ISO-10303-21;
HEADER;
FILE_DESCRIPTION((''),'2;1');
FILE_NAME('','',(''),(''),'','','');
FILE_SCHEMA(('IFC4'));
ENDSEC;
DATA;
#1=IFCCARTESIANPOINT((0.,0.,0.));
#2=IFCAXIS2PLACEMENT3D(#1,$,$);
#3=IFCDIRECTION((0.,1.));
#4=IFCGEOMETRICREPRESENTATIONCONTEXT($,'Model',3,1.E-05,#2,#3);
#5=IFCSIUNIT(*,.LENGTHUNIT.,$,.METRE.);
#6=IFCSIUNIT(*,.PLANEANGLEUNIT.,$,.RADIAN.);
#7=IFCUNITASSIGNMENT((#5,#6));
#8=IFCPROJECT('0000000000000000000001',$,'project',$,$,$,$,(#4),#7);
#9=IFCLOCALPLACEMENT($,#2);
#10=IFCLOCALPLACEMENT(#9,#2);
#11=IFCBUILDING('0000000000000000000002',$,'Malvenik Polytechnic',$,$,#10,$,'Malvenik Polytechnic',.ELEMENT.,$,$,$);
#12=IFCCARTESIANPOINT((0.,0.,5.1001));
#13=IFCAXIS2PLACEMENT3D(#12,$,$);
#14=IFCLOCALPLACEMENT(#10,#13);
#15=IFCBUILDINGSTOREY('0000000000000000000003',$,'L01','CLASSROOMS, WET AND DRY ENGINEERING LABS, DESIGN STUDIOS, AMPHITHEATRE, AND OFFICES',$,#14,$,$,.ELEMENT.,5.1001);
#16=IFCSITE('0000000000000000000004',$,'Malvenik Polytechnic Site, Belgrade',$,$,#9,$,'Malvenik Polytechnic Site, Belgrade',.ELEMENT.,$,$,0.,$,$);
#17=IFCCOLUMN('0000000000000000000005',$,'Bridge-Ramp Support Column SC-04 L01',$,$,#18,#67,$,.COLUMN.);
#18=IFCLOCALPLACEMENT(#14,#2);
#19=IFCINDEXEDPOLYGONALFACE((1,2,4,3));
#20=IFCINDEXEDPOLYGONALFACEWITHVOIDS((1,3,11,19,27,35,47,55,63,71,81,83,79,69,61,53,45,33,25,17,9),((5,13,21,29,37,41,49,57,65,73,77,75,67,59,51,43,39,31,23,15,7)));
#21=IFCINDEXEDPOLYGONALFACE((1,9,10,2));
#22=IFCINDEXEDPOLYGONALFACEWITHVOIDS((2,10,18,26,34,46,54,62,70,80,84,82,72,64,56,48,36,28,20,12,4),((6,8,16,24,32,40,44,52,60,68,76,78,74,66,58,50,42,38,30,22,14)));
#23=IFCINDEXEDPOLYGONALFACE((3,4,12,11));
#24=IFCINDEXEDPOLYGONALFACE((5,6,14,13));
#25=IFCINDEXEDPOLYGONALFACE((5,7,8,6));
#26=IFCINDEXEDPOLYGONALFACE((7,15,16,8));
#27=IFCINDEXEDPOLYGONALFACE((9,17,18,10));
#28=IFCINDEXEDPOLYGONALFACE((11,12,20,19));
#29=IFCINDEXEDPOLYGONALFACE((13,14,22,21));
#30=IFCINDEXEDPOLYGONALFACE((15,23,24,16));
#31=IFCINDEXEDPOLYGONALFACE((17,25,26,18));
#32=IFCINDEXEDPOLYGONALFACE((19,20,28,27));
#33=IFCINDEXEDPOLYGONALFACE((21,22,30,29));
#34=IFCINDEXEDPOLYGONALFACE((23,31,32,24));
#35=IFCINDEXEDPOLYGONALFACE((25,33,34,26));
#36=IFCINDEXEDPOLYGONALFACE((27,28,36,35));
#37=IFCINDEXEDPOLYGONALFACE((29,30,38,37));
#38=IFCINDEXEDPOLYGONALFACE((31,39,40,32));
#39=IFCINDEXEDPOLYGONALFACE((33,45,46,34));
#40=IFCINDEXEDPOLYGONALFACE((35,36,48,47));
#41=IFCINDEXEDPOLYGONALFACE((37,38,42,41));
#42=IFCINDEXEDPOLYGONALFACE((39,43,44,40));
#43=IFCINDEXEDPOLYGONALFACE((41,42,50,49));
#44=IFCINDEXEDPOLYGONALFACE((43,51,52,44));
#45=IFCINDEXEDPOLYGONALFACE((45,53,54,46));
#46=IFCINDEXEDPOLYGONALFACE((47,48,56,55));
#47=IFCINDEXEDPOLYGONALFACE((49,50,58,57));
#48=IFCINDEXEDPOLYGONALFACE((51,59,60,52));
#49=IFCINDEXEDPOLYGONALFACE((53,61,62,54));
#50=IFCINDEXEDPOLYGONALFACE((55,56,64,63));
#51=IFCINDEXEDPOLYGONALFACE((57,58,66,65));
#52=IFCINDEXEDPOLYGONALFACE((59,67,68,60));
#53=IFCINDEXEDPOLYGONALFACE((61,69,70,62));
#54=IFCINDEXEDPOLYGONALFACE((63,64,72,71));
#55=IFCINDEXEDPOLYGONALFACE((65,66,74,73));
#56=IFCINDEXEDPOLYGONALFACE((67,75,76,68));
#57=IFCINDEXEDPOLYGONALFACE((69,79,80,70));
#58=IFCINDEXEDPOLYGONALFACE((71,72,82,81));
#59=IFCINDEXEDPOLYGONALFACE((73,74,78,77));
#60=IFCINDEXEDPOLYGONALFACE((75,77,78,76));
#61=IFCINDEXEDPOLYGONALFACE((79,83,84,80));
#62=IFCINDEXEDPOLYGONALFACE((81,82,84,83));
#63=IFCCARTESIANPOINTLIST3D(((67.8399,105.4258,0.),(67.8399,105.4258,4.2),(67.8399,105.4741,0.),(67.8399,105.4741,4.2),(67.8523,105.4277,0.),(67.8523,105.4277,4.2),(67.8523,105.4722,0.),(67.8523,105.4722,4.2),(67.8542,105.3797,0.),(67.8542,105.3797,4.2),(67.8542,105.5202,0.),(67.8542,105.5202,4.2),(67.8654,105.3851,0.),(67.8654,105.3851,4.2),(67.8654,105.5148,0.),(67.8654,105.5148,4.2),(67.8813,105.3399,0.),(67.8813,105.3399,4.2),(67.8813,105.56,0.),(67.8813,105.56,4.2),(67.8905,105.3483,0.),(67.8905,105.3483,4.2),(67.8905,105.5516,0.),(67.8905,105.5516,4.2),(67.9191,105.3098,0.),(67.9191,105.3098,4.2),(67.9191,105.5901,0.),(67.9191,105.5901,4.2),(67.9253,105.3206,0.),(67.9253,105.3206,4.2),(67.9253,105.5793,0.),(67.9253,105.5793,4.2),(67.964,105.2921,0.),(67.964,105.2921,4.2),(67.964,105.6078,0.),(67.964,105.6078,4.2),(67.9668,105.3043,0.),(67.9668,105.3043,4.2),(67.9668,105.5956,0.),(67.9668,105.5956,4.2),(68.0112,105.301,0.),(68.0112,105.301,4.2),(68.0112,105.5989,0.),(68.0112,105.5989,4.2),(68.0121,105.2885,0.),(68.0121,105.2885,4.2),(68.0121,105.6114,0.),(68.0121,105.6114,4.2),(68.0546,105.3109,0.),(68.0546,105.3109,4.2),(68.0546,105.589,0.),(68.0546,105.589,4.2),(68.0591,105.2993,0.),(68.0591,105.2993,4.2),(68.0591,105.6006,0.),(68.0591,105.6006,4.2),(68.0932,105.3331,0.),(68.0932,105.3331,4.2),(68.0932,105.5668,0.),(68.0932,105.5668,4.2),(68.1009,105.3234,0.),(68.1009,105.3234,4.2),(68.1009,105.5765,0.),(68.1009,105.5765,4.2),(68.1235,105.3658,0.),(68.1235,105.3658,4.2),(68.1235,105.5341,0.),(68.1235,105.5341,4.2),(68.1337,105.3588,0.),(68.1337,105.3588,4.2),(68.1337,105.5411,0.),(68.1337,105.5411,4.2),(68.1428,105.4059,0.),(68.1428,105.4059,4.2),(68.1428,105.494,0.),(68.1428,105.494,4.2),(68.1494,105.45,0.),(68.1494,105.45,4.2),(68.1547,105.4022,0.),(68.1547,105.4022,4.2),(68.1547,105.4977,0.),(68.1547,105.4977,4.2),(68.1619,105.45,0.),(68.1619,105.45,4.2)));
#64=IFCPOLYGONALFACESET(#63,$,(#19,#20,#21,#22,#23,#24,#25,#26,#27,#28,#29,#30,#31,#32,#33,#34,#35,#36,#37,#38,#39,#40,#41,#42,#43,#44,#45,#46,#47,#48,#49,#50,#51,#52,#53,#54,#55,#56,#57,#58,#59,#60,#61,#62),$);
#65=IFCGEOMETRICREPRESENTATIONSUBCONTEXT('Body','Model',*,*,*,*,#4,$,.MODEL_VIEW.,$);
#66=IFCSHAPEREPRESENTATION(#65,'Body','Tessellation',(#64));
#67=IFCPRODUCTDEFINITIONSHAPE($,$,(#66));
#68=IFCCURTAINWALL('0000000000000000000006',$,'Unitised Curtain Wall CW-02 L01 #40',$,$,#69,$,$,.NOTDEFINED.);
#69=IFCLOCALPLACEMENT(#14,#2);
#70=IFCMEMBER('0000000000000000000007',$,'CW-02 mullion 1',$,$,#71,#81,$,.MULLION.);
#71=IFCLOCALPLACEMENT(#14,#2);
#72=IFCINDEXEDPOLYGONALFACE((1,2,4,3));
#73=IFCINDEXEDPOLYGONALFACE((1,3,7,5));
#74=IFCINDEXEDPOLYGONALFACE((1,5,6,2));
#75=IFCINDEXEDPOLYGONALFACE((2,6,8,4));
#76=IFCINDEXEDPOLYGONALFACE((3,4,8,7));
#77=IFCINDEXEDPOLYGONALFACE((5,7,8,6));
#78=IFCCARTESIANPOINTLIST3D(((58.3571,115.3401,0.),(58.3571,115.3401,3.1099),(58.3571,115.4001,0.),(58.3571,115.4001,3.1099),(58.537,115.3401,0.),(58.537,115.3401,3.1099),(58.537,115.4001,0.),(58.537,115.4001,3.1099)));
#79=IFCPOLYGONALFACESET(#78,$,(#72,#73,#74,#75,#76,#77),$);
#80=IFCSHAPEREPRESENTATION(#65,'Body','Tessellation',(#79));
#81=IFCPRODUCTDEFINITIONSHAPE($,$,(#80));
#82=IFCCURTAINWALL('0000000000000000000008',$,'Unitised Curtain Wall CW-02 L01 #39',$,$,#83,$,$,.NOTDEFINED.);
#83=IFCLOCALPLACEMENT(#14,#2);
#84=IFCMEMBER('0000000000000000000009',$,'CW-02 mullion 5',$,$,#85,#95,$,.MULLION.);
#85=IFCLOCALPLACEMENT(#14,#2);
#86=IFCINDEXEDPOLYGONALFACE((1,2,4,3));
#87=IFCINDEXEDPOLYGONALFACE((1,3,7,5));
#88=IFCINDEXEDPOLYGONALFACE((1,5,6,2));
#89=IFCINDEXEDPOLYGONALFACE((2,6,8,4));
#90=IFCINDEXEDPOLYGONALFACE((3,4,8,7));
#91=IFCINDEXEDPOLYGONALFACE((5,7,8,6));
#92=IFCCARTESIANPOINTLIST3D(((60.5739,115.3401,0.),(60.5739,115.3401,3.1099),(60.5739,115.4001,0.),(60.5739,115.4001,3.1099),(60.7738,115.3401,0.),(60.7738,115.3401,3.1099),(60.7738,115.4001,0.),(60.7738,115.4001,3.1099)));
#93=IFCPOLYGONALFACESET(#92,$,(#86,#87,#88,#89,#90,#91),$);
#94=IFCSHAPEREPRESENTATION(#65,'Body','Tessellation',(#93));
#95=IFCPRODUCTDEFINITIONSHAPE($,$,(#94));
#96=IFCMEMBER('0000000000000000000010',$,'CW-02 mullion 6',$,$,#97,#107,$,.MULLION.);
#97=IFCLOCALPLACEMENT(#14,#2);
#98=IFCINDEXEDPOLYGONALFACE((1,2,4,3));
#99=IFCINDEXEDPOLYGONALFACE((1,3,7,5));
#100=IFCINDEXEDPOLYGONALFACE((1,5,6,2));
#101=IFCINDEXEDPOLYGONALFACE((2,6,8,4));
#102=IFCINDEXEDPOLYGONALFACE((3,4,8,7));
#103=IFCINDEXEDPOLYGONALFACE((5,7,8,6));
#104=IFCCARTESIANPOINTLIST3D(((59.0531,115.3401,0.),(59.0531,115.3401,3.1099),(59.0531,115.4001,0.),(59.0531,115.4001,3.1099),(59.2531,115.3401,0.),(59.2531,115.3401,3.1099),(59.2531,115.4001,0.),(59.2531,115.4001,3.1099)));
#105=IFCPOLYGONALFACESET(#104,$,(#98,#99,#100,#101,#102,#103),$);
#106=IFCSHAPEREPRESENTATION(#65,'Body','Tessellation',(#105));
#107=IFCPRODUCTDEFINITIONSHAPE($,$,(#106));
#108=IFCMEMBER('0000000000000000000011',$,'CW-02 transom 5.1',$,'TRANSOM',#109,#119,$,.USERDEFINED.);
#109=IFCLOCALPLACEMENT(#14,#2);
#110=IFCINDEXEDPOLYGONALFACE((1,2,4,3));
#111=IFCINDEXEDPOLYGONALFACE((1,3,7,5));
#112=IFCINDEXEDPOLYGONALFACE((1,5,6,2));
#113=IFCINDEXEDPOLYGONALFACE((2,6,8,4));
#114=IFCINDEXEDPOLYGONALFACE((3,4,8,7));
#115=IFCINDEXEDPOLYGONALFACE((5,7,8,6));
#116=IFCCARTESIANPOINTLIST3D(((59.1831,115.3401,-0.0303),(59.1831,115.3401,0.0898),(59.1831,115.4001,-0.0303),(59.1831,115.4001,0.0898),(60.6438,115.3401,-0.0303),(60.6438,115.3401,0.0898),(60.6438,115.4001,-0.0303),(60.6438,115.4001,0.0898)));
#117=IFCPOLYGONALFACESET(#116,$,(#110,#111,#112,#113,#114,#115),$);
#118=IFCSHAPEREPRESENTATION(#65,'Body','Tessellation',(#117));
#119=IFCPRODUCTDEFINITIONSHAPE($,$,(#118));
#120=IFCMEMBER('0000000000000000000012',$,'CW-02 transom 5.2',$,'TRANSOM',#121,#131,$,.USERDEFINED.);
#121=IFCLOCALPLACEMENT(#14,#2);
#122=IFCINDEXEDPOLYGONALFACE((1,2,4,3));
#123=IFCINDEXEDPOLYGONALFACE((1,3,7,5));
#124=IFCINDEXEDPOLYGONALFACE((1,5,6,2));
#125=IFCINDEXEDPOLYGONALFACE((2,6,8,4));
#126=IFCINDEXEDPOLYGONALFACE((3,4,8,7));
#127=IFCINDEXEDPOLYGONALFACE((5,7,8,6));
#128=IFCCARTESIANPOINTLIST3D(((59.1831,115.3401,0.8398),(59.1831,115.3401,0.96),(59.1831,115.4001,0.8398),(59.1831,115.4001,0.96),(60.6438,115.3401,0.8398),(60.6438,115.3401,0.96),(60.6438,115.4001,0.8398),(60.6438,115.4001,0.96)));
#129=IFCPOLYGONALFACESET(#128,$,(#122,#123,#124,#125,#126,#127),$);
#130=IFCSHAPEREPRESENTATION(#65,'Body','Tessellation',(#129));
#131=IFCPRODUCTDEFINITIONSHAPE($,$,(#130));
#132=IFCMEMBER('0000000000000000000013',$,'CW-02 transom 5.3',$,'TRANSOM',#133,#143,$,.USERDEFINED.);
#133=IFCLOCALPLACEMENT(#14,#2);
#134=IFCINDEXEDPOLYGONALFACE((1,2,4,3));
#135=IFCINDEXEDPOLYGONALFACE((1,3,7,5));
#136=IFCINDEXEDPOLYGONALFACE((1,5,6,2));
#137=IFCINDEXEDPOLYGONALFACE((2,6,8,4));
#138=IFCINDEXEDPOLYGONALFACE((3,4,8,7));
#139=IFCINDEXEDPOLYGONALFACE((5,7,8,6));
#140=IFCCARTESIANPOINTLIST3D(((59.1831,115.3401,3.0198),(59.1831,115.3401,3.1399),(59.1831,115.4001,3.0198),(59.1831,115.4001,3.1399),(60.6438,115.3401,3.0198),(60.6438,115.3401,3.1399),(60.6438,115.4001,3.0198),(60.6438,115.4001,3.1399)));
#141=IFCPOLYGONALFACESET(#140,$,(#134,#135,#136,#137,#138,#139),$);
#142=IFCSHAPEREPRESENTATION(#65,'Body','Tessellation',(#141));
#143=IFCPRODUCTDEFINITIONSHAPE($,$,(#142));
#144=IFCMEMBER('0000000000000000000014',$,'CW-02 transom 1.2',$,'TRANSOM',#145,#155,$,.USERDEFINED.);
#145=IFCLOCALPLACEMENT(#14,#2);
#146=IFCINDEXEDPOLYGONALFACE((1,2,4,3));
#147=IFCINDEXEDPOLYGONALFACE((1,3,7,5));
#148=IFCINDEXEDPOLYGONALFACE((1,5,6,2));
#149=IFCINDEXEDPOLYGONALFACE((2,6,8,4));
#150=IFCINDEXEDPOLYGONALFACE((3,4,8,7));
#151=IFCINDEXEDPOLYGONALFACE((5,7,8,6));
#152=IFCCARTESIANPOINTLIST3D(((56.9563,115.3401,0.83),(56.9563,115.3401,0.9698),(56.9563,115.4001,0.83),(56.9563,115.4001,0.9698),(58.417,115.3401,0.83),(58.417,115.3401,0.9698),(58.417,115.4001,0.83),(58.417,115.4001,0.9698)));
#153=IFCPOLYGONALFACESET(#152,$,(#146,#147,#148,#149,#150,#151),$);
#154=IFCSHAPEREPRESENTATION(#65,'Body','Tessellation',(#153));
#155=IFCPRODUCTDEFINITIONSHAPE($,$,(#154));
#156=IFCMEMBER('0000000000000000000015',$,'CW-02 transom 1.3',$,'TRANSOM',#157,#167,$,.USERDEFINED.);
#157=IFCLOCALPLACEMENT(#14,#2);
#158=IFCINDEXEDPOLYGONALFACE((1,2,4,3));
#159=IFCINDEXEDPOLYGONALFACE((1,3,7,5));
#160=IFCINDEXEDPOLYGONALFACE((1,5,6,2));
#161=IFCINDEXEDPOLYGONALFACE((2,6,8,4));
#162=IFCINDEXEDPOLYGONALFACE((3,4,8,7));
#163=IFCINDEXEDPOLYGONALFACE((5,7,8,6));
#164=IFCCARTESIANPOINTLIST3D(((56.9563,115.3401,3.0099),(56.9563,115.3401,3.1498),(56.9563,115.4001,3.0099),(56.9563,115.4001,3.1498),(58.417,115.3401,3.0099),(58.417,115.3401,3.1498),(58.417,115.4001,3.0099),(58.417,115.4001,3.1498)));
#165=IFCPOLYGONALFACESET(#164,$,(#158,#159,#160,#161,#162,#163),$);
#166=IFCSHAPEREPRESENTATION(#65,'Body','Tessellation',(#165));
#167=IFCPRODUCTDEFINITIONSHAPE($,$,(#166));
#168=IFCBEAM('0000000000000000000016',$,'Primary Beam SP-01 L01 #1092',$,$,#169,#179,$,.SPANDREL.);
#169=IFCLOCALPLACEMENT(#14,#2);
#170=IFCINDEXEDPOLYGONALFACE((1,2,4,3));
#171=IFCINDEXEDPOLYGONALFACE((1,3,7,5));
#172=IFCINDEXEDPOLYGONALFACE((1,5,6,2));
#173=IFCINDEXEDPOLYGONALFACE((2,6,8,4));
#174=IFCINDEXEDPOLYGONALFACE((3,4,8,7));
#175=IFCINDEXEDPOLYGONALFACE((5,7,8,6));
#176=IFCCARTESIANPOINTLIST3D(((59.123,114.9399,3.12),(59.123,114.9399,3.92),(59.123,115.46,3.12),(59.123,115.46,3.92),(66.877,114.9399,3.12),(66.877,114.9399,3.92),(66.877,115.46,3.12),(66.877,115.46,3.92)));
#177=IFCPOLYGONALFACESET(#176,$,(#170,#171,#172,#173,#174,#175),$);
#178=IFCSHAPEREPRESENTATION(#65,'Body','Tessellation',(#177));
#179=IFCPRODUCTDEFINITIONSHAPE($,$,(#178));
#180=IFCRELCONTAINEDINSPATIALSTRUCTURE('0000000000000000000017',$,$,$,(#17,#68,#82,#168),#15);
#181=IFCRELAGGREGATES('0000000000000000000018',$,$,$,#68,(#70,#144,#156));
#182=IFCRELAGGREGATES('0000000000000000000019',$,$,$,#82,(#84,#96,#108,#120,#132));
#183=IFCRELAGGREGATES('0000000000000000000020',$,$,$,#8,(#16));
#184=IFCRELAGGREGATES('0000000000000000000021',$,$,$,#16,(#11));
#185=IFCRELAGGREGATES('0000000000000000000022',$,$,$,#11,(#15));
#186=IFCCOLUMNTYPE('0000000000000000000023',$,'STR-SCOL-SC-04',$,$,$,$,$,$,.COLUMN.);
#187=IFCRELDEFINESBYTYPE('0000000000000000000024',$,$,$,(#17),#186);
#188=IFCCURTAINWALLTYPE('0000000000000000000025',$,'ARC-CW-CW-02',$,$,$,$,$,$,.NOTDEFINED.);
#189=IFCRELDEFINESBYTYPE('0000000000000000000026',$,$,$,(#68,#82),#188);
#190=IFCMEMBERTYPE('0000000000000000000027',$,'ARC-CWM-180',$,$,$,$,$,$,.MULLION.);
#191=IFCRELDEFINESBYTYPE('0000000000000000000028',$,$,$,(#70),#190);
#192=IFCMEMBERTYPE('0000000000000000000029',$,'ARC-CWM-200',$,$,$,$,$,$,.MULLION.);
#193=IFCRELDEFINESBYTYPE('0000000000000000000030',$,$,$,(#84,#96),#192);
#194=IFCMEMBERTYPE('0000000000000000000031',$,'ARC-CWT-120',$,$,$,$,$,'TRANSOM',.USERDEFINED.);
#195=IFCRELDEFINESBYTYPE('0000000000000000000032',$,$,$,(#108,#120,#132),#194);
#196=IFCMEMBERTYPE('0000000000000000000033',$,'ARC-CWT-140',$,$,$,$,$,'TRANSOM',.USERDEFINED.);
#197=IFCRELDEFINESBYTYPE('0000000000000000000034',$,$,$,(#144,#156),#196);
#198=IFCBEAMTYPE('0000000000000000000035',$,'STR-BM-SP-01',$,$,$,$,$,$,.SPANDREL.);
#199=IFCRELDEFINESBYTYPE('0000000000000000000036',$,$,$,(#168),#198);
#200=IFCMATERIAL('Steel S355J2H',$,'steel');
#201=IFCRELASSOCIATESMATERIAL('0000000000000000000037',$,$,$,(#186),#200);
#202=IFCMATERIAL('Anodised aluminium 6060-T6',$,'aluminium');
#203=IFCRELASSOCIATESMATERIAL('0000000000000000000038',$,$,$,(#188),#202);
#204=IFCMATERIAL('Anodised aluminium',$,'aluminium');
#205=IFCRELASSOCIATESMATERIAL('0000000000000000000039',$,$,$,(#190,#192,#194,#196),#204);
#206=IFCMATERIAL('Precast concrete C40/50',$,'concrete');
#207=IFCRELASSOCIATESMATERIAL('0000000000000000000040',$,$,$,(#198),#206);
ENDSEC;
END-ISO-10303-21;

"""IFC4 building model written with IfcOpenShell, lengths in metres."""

from ifc_helpers import new_model, si_unit, direction, frame, origin, origin_2d, place, context, subcontext, project, spatial, rectangle, hollow_circle, extrude, material, material_profile, profile_set, type_object, element, aggregate, save


model = new_model("IFC4")

# Units and contexts
model_context = context("Model", 3, precision=1e-05, world=origin(), true_north=direction((0.0, 1.0)))
body_context = subcontext(model_context, "Body", "Model", "MODEL_VIEW")
ifc_project = project(units=[si_unit("LENGTHUNIT", "METRE"), si_unit("PLANEANGLEUNIT", "RADIAN")], contexts=[model_context])

# Site, building, storey
site_placement = place(None, origin())
site = spatial("IfcSite", under=ifc_project, at=site_placement, Name="Malvenik Polytechnic Site, Belgrade", LongName="Malvenik Polytechnic Site, Belgrade", CompositionType="ELEMENT", RefElevation=0.0)
building_placement = place(site_placement, origin())
building = spatial("IfcBuilding", under=site, at=building_placement, Name="Malvenik Polytechnic", LongName="Malvenik Polytechnic", CompositionType="ELEMENT")
storey_placement = place(building_placement, frame((0.0, 0.0, 5.1001)))
storey = spatial("IfcBuildingStorey", under=building, at=storey_placement, Name="L01", Description="CLASSROOMS, WET AND DRY ENGINEERING LABS, DESIGN STUDIOS, AMPHITHEATRE, AND OFFICES", CompositionType="ELEMENT", Elevation=5.1001)

# Column
ifc_material_1 = material(Name="Steel S355J2H", Category="steel")
ifc_material_profile_1 = material_profile(ifc_material_1, hollow_circle(Radius=0.1619, WallThickness=0.0125, at=origin_2d()), Name="CHS 323.9x12.5")
ifc_profile_set_1 = profile_set([ifc_material_profile_1], Name="Steel S355J2H")
column_type_1 = type_object("IfcColumnType", Name="STR-SCOL-SC-04", PredefinedType="COLUMN", material=ifc_profile_set_1)
for number, where, z_axis, x_axis, name in (
    (1, (68.0, 105.45, 0.0), (0.0, 0.0, 1.0), (1.0, 0.0, 0.0), "Bridge-Ramp Support Column SC-04 L01"),
):
    element("IfcColumn", number, at=place(storey_placement, frame(where, z_axis=z_axis, x_axis=x_axis)), inside=storey, type_object=column_type_1, Name=name, PredefinedType="COLUMN", context=body_context, shape_type="SweptSolid", body=[
        extrude(hollow_circle(Radius=0.1619, WallThickness=0.0125, at=origin_2d()), origin(), (0.0, 0.0, 1.0), 4.2),
    ])

# Curtain wall, member
ifc_material_2 = material(Name="Anodised aluminium 6060-T6", Category="aluminium")
curtain_wall_type = type_object("IfcCurtainWallType", Name="ARC-CW-CW-02", PredefinedType="NOTDEFINED", material=ifc_material_2)
curtain_wall_1_placement = place(storey_placement, origin())
curtain_wall_1 = element("IfcCurtainWall", 2, at=curtain_wall_1_placement, inside=storey, type_object=curtain_wall_type, Name="Unitised Curtain Wall CW-02 L01 #40", PredefinedType="NOTDEFINED")
ifc_material_3 = material(Name="Anodised aluminium", Category="aluminium")
ifc_material_profile_2 = material_profile(ifc_material_3, rectangle(XDim=0.0601, YDim=0.1799, at=origin_2d()), Name="ALU MULLION 60x180")
ifc_profile_set_2 = profile_set([ifc_material_profile_2], Name="Anodised aluminium")
member_type_1 = type_object("IfcMemberType", Name="ARC-CWM-180", PredefinedType="MULLION", material=ifc_profile_set_2)
member_1_placement = place(storey_placement, frame((58.447, 115.3701, 0.0), z_axis=(0.0, 0.0, 1.0), x_axis=(0.0, -1.0, 0.0)))
member_1 = element("IfcMember", 3, at=member_1_placement, type_object=member_type_1, Name="CW-02 mullion 1", PredefinedType="MULLION", context=body_context, shape_type="SweptSolid", body=[
    extrude(rectangle(XDim=0.0601, YDim=0.1799, at=origin_2d()), origin(), (0.0, 0.0, 1.0), 3.1099),
])

# Curtain wall, members
curtain_wall_2_placement = place(storey_placement, origin())
curtain_wall_2 = element("IfcCurtainWall", 4, at=curtain_wall_2_placement, inside=storey, type_object=curtain_wall_type, Name="Unitised Curtain Wall CW-02 L01 #39", PredefinedType="NOTDEFINED")
ifc_material_profile_3 = material_profile(ifc_material_3, rectangle(XDim=0.0601, YDim=0.2, at=origin_2d()), Name="ALU MULLION 60x200")
ifc_profile_set_3 = profile_set([ifc_material_profile_3], Name="Anodised aluminium")
member_type_2 = type_object("IfcMemberType", Name="ARC-CWM-200", PredefinedType="MULLION", material=ifc_profile_set_3)
member_2_placement = place(storey_placement, frame((60.6738, 115.3701, 0.0), z_axis=(0.0, 0.0, 1.0), x_axis=(0.0, -1.0, 0.0)))
member_2 = element("IfcMember", 5, at=member_2_placement, type_object=member_type_2, Name="CW-02 mullion 5", PredefinedType="MULLION", context=body_context, shape_type="SweptSolid", body=[
    extrude(rectangle(XDim=0.0601, YDim=0.2, at=origin_2d()), origin(), (0.0, 0.0, 1.0), 3.1099),
])
member_3_placement = place(storey_placement, frame((59.1531, 115.3701, 0.0), z_axis=(0.0, 0.0, 1.0), x_axis=(0.0, -1.0, 0.0)))
member_3 = element("IfcMember", 6, at=member_3_placement, type_object=member_type_2, Name="CW-02 mullion 6", PredefinedType="MULLION", context=body_context, shape_type="SweptSolid", body=[
    extrude(rectangle(XDim=0.0601, YDim=0.2, at=origin_2d()), origin(), (0.0, 0.0, 1.0), 3.1099),
])
ifc_material_profile_4 = material_profile(ifc_material_3, rectangle(XDim=0.0601, YDim=0.1201, at=origin_2d()), Name="ALU TRANSOM 60x120")
ifc_profile_set_4 = profile_set([ifc_material_profile_4], Name="Anodised aluminium")
member_type_3 = type_object("IfcMemberType", Name="ARC-CWT-120", ElementType="TRANSOM", PredefinedType="USERDEFINED", material=ifc_profile_set_4)
member_4_placement = place(storey_placement, frame((60.6438, 115.3701, 0.0298), z_axis=(-1.0, 0.0, 0.0), x_axis=(0.0, -1.0, 0.0)))
member_4 = element("IfcMember", 7, at=member_4_placement, type_object=member_type_3, Name="CW-02 transom 5.1", ObjectType="TRANSOM", PredefinedType="USERDEFINED", context=body_context, shape_type="SweptSolid", body=[
    extrude(rectangle(XDim=0.0601, YDim=0.1201, at=origin_2d()), origin(), (0.0, 0.0, 1.0), 1.4607),
])
member_5_placement = place(storey_placement, frame((60.6438, 115.3701, 0.8999), z_axis=(-1.0, 0.0, 0.0), x_axis=(0.0, -1.0, 0.0)))
member_5 = element("IfcMember", 8, at=member_5_placement, type_object=member_type_3, Name="CW-02 transom 5.2", ObjectType="TRANSOM", PredefinedType="USERDEFINED", context=body_context, shape_type="SweptSolid", body=[
    extrude(rectangle(XDim=0.0601, YDim=0.1201, at=origin_2d()), origin(), (0.0, 0.0, 1.0), 1.4607),
])
member_6_placement = place(storey_placement, frame((60.6438, 115.3701, 3.0798), z_axis=(-1.0, 0.0, 0.0), x_axis=(0.0, -1.0, 0.0)))
member_6 = element("IfcMember", 9, at=member_6_placement, type_object=member_type_3, Name="CW-02 transom 5.3", ObjectType="TRANSOM", PredefinedType="USERDEFINED", context=body_context, shape_type="SweptSolid", body=[
    extrude(rectangle(XDim=0.0601, YDim=0.1201, at=origin_2d()), origin(), (0.0, 0.0, 1.0), 1.4607),
])

# Members
ifc_material_profile_5 = material_profile(ifc_material_3, rectangle(XDim=0.0601, YDim=0.1399, at=origin_2d()), Name="ALU TRANSOM 60x140")
ifc_profile_set_5 = profile_set([ifc_material_profile_5], Name="Anodised aluminium")
member_type_4 = type_object("IfcMemberType", Name="ARC-CWT-140", ElementType="TRANSOM", PredefinedType="USERDEFINED", material=ifc_profile_set_5)
member_7_placement = place(storey_placement, frame((58.417, 115.3701, 0.8999), z_axis=(-1.0, 0.0, 0.0), x_axis=(0.0, -1.0, 0.0)))
member_7 = element("IfcMember", 10, at=member_7_placement, type_object=member_type_4, Name="CW-02 transom 1.2", ObjectType="TRANSOM", PredefinedType="USERDEFINED", context=body_context, shape_type="SweptSolid", body=[
    extrude(rectangle(XDim=0.0601, YDim=0.1399, at=origin_2d()), origin(), (0.0, 0.0, 1.0), 1.4607),
])
member_8_placement = place(storey_placement, frame((58.417, 115.3701, 3.0798), z_axis=(-1.0, 0.0, 0.0), x_axis=(0.0, -1.0, 0.0)))
member_8 = element("IfcMember", 11, at=member_8_placement, type_object=member_type_4, Name="CW-02 transom 1.3", ObjectType="TRANSOM", PredefinedType="USERDEFINED", context=body_context, shape_type="SweptSolid", body=[
    extrude(rectangle(XDim=0.0601, YDim=0.1399, at=origin_2d()), origin(), (0.0, 0.0, 1.0), 1.4607),
])
aggregate(curtain_wall_1, [member_1, member_7, member_8])

# Beam
ifc_material_4 = material(Name="Precast concrete C40/50", Category="concrete")
ifc_material_profile_6 = material_profile(ifc_material_4, rectangle(XDim=0.52, YDim=0.8, at=origin_2d()), Name="PC SPN 520x800")
ifc_profile_set_6 = profile_set([ifc_material_profile_6], Name="Precast concrete C40/50")
beam_type = type_object("IfcBeamType", Name="STR-BM-SP-01", PredefinedType="SPANDREL", material=ifc_profile_set_6)
beam_1_placement = place(storey_placement, frame((59.123, 115.2, 3.52), z_axis=(1.0, 0.0, 0.0), x_axis=(0.0, 1.0, 0.0)))
element("IfcBeam", 12, at=beam_1_placement, inside=storey, type_object=beam_type, Name="Primary Beam SP-01 L01 #1092", PredefinedType="SPANDREL", context=body_context, shape_type="SweptSolid", body=[
    extrude(rectangle(XDim=0.52, YDim=0.8, at=origin_2d()), origin(), (0.0, 0.0, 1.0), 7.7539),
])

aggregate(curtain_wall_2, [member_2, member_3, member_4, member_5, member_6])

save(model, "model.ifc")
